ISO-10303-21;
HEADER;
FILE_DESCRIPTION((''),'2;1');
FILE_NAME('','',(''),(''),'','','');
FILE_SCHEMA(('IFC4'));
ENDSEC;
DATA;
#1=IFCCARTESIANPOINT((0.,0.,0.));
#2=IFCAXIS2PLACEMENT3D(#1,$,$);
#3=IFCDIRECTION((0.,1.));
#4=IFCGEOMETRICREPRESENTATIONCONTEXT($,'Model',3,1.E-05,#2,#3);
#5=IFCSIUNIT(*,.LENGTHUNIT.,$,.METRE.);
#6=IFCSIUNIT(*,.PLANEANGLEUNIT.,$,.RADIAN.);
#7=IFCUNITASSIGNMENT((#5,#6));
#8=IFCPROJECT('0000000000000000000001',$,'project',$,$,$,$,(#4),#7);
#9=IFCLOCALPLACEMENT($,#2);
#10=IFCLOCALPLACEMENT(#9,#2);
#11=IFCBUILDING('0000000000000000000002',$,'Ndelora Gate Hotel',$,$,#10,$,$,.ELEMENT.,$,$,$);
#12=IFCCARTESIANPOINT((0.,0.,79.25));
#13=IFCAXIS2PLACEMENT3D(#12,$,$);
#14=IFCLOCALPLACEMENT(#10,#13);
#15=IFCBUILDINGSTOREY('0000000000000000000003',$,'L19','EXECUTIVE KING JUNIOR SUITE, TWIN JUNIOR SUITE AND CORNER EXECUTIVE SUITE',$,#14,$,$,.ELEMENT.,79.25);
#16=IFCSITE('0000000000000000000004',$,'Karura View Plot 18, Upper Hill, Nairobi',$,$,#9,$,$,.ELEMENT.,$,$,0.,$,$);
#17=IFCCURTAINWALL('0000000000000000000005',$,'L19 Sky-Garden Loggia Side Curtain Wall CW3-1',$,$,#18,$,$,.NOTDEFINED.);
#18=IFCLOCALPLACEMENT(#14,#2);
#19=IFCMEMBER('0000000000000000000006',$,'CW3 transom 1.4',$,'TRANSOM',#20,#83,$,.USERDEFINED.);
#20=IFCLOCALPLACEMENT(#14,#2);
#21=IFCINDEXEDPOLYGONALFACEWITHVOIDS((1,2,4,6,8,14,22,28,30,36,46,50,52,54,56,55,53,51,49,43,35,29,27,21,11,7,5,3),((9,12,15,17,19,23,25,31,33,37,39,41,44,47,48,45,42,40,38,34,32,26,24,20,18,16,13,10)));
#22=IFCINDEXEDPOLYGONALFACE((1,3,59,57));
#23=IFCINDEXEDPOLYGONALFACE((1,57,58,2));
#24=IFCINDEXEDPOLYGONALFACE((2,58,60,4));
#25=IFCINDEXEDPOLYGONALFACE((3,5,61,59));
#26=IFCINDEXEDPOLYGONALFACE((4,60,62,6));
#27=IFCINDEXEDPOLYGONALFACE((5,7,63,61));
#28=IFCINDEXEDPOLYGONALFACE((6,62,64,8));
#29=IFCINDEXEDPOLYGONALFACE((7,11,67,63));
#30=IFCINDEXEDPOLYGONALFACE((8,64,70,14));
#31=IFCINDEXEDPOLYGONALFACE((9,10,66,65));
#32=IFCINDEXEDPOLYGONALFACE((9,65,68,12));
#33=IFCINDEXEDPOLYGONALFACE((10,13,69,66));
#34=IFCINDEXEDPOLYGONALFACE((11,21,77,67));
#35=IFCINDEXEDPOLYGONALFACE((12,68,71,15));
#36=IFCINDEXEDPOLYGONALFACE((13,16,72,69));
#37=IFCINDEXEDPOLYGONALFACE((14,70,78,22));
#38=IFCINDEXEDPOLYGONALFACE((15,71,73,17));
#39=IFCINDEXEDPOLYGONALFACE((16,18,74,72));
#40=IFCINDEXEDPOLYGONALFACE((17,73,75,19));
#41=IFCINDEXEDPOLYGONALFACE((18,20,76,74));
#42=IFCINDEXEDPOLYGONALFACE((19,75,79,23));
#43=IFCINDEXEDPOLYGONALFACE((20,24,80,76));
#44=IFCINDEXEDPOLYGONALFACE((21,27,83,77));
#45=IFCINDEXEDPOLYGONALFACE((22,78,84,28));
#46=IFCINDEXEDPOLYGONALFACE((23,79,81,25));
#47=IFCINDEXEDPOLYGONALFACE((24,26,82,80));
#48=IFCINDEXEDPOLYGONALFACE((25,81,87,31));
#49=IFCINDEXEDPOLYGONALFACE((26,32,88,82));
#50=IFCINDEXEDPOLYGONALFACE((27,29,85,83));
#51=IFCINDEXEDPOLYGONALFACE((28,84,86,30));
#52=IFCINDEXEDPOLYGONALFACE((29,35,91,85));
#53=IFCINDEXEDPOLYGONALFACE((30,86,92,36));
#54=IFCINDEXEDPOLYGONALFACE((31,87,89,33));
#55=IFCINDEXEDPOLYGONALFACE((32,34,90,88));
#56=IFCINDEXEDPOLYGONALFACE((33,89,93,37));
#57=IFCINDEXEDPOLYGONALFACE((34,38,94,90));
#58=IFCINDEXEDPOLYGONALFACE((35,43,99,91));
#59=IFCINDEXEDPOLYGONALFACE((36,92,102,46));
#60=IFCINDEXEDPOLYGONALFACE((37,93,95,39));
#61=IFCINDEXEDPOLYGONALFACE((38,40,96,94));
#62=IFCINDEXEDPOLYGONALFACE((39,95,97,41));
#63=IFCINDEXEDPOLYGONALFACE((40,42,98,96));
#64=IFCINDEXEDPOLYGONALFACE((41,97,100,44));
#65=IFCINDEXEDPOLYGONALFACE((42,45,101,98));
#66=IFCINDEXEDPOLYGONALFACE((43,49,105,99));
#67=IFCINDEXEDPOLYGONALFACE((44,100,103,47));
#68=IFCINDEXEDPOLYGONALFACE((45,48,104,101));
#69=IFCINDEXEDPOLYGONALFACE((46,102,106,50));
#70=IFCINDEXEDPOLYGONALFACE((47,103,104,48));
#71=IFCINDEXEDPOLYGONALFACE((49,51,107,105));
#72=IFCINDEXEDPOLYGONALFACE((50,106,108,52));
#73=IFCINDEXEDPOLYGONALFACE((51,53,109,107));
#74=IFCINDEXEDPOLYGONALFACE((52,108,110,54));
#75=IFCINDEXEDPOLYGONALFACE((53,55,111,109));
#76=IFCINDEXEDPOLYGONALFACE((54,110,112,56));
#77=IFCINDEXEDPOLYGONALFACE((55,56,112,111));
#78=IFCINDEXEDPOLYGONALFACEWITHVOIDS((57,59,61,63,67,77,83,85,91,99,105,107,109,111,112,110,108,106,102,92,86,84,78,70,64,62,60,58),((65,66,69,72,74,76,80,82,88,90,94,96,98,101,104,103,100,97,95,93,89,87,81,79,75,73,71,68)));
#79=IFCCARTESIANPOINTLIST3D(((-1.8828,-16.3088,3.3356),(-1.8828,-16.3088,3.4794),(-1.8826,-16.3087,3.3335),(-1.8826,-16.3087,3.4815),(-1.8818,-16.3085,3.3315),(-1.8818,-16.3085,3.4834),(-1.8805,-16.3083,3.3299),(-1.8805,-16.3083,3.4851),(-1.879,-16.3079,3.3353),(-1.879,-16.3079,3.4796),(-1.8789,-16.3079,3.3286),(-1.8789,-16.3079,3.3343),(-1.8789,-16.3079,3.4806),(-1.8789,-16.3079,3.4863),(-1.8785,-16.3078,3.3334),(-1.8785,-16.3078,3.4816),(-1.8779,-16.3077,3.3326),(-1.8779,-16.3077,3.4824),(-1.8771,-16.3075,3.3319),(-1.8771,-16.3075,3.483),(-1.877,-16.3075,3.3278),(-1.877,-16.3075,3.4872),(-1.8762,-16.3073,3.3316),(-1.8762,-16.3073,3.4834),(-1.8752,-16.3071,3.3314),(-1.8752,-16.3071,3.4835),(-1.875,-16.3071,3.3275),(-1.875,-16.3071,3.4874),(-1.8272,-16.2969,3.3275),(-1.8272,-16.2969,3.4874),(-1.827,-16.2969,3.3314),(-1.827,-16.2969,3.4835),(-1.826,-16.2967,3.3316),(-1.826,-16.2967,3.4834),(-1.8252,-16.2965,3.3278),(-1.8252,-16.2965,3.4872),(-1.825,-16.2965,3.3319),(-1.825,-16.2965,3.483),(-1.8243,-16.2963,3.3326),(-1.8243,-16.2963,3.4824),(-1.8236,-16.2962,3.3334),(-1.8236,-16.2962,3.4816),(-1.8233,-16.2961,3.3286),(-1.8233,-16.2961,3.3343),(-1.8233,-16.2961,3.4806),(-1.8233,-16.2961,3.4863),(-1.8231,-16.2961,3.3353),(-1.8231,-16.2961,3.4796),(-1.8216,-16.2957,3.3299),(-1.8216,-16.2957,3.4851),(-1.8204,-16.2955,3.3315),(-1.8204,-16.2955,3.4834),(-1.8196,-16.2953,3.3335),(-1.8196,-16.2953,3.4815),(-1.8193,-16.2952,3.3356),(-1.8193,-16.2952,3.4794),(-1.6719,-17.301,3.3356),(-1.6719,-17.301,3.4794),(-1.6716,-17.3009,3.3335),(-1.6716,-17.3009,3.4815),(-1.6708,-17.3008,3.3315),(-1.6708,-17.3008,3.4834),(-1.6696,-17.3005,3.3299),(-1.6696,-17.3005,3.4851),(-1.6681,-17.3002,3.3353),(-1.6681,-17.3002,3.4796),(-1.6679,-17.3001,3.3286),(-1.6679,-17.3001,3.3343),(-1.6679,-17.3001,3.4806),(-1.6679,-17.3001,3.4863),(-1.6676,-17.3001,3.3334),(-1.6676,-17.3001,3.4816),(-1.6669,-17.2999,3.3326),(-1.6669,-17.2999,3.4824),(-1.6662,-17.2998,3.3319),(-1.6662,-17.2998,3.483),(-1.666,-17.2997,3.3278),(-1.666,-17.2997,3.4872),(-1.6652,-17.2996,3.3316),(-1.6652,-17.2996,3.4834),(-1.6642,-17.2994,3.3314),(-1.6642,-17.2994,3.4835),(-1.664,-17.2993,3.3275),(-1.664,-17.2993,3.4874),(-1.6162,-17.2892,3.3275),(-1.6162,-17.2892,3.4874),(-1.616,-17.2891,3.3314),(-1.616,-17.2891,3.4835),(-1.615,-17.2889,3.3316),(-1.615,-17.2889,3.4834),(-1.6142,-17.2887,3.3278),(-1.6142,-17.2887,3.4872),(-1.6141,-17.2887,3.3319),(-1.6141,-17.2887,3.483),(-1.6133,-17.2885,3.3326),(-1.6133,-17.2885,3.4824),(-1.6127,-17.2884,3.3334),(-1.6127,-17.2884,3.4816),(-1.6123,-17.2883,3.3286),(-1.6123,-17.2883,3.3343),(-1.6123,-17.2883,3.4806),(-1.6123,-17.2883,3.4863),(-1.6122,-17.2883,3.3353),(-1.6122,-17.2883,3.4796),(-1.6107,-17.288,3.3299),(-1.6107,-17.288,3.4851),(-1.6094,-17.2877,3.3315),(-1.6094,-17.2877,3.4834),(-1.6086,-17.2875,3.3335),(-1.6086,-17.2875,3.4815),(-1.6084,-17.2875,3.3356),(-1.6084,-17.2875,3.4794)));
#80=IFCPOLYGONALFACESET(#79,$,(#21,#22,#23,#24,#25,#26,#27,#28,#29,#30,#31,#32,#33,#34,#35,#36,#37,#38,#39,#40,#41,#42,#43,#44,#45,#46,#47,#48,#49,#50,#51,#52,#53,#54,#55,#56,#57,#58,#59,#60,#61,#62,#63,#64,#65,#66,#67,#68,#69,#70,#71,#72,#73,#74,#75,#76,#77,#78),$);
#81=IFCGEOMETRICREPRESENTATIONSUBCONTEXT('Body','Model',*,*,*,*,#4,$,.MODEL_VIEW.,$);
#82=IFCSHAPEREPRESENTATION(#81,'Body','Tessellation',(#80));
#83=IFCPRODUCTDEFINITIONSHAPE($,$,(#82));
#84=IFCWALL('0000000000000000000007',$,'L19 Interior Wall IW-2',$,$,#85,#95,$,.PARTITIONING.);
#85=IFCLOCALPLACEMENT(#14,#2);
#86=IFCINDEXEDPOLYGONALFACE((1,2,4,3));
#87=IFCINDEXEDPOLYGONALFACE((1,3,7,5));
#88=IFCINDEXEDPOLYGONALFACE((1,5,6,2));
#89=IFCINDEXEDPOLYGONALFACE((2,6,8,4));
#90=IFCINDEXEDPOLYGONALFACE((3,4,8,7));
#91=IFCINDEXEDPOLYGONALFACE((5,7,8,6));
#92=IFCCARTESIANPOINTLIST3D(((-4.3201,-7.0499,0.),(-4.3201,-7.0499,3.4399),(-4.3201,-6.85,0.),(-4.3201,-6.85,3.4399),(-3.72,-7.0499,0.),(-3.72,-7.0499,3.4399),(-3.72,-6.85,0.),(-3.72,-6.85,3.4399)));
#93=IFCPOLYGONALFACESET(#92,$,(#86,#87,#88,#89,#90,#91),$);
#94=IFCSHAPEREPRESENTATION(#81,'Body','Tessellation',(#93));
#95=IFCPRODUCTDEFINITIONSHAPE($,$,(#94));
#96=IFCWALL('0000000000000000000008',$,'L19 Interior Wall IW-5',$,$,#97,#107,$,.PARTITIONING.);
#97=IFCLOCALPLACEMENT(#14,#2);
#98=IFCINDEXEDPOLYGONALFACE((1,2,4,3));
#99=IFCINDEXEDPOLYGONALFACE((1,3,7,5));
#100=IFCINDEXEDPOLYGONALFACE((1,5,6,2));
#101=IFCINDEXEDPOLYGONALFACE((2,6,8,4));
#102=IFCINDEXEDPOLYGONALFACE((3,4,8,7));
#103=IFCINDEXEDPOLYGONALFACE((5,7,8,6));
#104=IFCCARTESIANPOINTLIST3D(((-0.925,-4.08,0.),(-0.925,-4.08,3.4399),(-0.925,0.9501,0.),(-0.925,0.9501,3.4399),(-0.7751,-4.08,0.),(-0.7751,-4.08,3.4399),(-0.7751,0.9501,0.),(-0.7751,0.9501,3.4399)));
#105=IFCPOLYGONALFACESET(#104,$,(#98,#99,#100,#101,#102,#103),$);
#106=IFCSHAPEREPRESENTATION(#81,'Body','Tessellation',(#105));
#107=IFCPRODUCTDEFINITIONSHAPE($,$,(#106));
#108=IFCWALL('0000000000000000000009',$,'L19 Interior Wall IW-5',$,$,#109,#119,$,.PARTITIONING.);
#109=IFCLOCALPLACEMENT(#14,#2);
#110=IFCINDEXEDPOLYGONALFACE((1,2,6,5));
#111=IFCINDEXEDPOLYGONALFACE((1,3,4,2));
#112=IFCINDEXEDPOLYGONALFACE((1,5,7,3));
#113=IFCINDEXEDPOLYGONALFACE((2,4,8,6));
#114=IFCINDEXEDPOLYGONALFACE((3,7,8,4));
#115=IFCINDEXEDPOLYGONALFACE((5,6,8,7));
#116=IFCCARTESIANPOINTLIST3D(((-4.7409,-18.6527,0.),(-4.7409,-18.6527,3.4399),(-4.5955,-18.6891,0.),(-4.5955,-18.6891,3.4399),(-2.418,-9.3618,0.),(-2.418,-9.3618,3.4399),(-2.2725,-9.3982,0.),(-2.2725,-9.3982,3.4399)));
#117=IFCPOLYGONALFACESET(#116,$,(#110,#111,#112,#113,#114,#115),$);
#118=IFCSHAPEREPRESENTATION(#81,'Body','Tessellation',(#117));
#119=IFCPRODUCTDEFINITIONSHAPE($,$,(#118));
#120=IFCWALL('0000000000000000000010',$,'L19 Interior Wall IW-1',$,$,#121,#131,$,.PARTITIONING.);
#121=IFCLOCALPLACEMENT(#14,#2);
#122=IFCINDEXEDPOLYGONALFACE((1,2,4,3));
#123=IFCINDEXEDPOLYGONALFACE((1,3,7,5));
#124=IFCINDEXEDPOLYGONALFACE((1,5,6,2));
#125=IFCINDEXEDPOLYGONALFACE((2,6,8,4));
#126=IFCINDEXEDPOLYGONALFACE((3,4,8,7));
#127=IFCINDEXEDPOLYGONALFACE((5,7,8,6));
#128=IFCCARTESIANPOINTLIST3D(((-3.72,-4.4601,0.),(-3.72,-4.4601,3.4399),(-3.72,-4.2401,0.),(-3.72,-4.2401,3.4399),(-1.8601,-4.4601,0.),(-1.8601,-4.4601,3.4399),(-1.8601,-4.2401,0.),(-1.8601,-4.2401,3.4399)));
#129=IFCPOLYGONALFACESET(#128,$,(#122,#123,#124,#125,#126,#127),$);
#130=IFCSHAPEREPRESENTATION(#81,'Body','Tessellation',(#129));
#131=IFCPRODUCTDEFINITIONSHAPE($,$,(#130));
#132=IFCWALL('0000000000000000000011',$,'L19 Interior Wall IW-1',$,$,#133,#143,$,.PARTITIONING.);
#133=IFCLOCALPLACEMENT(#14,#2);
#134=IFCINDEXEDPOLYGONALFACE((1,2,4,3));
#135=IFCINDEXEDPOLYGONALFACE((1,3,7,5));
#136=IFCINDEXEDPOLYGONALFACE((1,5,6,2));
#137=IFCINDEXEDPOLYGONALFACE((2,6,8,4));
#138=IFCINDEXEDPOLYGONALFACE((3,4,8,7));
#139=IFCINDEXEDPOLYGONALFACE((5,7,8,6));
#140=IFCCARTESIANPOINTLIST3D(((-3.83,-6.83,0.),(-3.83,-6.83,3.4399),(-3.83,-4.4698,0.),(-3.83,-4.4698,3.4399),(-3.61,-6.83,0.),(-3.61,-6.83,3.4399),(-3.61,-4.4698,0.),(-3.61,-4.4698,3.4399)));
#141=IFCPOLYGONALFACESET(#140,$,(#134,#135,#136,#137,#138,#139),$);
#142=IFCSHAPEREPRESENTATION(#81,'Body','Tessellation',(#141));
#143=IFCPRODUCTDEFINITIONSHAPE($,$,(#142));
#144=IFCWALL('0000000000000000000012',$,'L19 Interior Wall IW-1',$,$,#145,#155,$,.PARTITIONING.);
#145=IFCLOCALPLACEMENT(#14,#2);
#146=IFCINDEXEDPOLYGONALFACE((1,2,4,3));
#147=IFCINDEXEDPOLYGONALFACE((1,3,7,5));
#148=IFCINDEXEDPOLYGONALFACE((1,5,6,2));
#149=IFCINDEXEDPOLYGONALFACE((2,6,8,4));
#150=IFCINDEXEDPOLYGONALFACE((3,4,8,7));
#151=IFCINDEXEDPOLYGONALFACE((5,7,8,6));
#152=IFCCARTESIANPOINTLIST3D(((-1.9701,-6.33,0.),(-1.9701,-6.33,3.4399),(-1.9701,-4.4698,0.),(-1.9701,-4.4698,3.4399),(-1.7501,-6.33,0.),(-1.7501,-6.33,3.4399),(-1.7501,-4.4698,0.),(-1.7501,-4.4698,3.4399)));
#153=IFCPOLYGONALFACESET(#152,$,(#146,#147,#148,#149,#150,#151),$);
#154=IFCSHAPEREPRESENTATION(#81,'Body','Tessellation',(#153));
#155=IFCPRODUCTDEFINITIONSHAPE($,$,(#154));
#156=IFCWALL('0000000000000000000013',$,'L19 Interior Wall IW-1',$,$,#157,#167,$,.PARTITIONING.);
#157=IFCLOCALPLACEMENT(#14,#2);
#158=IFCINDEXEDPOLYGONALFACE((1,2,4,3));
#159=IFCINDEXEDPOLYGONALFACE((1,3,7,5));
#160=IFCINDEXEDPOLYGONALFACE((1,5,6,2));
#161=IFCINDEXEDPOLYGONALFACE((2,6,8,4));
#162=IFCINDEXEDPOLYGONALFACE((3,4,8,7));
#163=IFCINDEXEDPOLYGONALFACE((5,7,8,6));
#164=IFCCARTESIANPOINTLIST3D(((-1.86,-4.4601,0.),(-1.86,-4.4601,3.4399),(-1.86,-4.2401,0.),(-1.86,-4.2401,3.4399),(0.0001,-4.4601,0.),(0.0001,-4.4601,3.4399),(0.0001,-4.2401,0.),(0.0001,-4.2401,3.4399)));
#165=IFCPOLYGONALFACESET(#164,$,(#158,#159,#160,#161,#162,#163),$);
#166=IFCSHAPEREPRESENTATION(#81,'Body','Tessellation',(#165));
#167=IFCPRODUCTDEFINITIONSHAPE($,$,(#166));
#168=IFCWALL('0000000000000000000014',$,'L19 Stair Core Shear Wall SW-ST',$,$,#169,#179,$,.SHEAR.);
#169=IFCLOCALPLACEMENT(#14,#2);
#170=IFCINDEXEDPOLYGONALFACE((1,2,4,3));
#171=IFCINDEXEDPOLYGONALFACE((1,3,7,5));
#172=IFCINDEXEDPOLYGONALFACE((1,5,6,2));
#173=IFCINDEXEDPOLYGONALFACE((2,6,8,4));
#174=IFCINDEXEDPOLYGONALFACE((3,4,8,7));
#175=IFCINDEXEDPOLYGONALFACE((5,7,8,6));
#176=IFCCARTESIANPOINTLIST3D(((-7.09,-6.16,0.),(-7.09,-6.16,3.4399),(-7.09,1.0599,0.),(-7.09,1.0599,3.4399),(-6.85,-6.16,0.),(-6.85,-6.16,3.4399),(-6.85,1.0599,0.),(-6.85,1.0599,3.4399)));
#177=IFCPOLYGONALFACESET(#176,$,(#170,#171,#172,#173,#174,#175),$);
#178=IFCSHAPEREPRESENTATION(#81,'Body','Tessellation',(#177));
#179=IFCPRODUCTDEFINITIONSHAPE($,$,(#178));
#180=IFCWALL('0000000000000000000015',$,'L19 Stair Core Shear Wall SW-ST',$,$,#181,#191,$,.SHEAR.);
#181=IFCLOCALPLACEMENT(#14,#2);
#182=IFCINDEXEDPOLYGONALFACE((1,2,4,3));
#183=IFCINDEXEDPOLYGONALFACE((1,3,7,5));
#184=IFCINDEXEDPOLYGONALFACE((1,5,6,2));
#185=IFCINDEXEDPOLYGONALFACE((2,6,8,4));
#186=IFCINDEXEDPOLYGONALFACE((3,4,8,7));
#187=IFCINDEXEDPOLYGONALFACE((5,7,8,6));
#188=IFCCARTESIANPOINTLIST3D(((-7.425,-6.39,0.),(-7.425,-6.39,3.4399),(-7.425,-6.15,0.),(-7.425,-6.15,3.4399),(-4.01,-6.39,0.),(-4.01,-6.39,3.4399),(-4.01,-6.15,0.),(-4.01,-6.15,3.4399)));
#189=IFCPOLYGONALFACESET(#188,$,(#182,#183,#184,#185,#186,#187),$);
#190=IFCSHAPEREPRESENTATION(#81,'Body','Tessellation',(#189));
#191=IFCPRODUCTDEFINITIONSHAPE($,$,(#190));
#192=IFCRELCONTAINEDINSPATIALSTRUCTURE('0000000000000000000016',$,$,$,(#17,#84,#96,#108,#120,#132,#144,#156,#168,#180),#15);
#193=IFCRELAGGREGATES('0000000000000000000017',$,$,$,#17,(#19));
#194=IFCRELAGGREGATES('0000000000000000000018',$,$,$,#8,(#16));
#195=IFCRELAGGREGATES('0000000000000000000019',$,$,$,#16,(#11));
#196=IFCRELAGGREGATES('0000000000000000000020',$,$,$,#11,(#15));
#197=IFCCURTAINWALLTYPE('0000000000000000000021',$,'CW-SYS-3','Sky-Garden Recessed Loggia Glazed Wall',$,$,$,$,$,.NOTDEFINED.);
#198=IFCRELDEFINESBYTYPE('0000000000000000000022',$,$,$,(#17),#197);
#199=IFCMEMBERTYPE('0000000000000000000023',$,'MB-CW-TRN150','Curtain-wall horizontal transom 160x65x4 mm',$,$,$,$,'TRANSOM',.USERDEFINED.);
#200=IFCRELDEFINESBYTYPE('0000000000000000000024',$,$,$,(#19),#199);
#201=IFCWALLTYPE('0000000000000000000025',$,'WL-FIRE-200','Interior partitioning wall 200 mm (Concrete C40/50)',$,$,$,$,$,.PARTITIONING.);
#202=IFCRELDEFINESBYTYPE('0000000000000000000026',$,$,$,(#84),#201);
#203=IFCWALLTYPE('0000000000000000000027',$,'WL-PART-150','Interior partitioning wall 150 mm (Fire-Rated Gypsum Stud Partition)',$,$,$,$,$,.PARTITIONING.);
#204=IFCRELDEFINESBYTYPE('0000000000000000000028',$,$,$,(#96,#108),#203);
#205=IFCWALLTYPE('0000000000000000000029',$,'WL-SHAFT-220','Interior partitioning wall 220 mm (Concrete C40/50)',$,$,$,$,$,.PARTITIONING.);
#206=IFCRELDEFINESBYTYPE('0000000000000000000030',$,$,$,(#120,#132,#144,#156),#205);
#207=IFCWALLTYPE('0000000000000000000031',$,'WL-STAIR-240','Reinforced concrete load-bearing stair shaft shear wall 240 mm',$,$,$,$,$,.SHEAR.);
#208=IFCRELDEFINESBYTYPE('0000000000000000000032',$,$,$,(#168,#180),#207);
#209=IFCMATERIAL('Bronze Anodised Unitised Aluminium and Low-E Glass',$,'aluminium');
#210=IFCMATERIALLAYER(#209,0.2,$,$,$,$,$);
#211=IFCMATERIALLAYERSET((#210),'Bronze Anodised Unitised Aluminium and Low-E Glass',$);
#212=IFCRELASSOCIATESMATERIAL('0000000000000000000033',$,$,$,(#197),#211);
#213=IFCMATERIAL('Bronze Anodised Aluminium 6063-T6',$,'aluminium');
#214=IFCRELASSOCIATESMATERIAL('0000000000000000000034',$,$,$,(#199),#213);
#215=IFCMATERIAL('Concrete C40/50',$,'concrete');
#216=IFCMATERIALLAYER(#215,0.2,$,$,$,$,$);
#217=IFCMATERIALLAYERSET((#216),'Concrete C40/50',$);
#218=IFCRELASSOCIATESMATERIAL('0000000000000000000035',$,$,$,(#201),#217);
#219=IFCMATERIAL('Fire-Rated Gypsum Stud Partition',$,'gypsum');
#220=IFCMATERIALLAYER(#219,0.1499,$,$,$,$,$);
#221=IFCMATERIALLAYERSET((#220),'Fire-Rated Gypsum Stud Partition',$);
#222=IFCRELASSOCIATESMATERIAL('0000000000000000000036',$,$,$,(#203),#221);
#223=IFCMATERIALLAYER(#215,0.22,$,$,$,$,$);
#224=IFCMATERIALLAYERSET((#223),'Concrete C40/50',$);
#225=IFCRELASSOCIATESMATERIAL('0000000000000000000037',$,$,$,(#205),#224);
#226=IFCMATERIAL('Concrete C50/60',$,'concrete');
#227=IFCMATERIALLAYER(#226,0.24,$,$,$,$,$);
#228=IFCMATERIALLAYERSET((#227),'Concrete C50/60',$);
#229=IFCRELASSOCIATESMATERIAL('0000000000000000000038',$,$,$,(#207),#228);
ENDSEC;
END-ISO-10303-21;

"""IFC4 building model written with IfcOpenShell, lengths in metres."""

from ifc_helpers import new_model, si_unit, direction, frame, frame_2d, origin, origin_2d, place, context, subcontext, project, spatial, rectangle, hollow_rectangle, extrude, material, layer, layer_set, material_profile, profile_set, type_object, element, aggregate, save


model = new_model("IFC4")

# Units and contexts
model_context = context("Model", 3, precision=1e-05, world=origin(), true_north=direction((0.0, 1.0)))
body_context = subcontext(model_context, "Body", "Model", "MODEL_VIEW")
ifc_project = project(units=[si_unit("LENGTHUNIT", "METRE"), si_unit("PLANEANGLEUNIT", "RADIAN")], contexts=[model_context])

# Site, building, storey
site_placement = place(None, origin())
site = spatial("IfcSite", under=ifc_project, at=site_placement, Name="Karura View Plot 18, Upper Hill, Nairobi", CompositionType="ELEMENT", RefElevation=0.0)
building_placement = place(site_placement, origin())
building = spatial("IfcBuilding", under=site, at=building_placement, Name="Ndelora Gate Hotel", CompositionType="ELEMENT")
storey_placement = place(building_placement, frame((0.0, 0.0, 79.25)))
storey = spatial("IfcBuildingStorey", under=building, at=storey_placement, Name="L19", Description="EXECUTIVE KING JUNIOR SUITE, TWIN JUNIOR SUITE AND CORNER EXECUTIVE SUITE", CompositionType="ELEMENT", Elevation=79.25)

# Curtain wall, member
ifc_material_1 = material(Name="Bronze Anodised Unitised Aluminium and Low-E Glass", Category="aluminium")
ifc_layer_1 = layer(ifc_material_1, 0.2)
ifc_layer_set_1 = layer_set([ifc_layer_1], Name="Bronze Anodised Unitised Aluminium and Low-E Glass")
curtain_wall_type = type_object("IfcCurtainWallType", Name="CW-SYS-3", Description="Sky-Garden Recessed Loggia Glazed Wall", PredefinedType="NOTDEFINED", material=ifc_layer_set_1)
curtain_wall_placement = place(storey_placement, origin())
curtain_wall = element("IfcCurtainWall", 1, at=curtain_wall_placement, inside=storey, type_object=curtain_wall_type, Name="L19 Sky-Garden Loggia Side Curtain Wall CW3-1", PredefinedType="NOTDEFINED")
ifc_material_2 = material(Name="Bronze Anodised Aluminium 6063-T6", Category="aluminium")
ifc_material_profile_1 = material_profile(ifc_material_2, hollow_rectangle(XDim=0.0649, YDim=0.1599, WallThickness=0.0039, InnerFilletRadius=0.0039, OuterFilletRadius=0.0081, at=origin_2d()), Name="ALU 160x65x4")
ifc_profile_set_1 = profile_set([ifc_material_profile_1], Name="Bronze Anodised Aluminium 6063-T6")
member_type_1 = type_object("IfcMemberType", Name="MB-CW-TRN150", Description="Curtain-wall horizontal transom 160x65x4 mm", ElementType="TRANSOM", PredefinedType="USERDEFINED", material=ifc_profile_set_1)
member_1_placement = place(storey_placement, frame((-1.8511, -16.302, 3.4075), z_axis=(0.207951, -0.978139, 0.0), x_axis=(0.978139, 0.207951, 0.0)))
member_1 = element("IfcMember", 2, at=member_1_placement, type_object=member_type_1, Name="CW3 transom 1.4", ObjectType="TRANSOM", PredefinedType="USERDEFINED", context=body_context, shape_type="SweptSolid", body=[
    extrude(hollow_rectangle(XDim=0.0649, YDim=0.1599, WallThickness=0.0039, InnerFilletRadius=0.0039, OuterFilletRadius=0.0081, at=origin_2d()), origin(), (0.0, 0.0, 1.0), 1.0144),
])
aggregate(curtain_wall, [member_1])

# Walls
ifc_material_3 = material(Name="Concrete C40/50", Category="concrete")
ifc_layer_2 = layer(ifc_material_3, 0.2)
ifc_layer_set_2 = layer_set([ifc_layer_2], Name="Concrete C40/50")
wall_type_1 = type_object("IfcWallType", Name="WL-FIRE-200", Description="Interior partitioning wall 200 mm (Concrete C40/50)", PredefinedType="PARTITIONING", material=ifc_layer_set_2)
wall_1_placement = place(storey_placement, frame((-4.3201, -6.95, 0.0), z_axis=(0.0, 0.0, 1.0), x_axis=(1.0, 0.0, 0.0)))
element("IfcWall", 3, at=wall_1_placement, inside=storey, type_object=wall_type_1, Name="L19 Interior Wall IW-2", PredefinedType="PARTITIONING", context=body_context, shape_type="SweptSolid", body=[
    extrude(rectangle(XDim=0.6001, YDim=0.2, at=frame_2d((0.3, 0.0))), origin(), (0.0, 0.0, 1.0), 3.4399),
])
ifc_material_4 = material(Name="Fire-Rated Gypsum Stud Partition", Category="gypsum")
ifc_layer_3 = layer(ifc_material_4, 0.1499)
ifc_layer_set_3 = layer_set([ifc_layer_3], Name="Fire-Rated Gypsum Stud Partition")
wall_type_2 = type_object("IfcWallType", Name="WL-PART-150", Description="Interior partitioning wall 150 mm (Fire-Rated Gypsum Stud Partition)", PredefinedType="PARTITIONING", material=ifc_layer_set_3)
wall_2_placement = place(storey_placement, frame((-0.8501, -4.0801, 0.0), z_axis=(0.0, 0.0, 1.0), x_axis=(0.0, 1.0, 0.0)))
element("IfcWall", 4, at=wall_2_placement, inside=storey, type_object=wall_type_2, Name="L19 Interior Wall IW-5", PredefinedType="PARTITIONING", context=body_context, shape_type="SweptSolid", body=[
    extrude(rectangle(XDim=5.03, YDim=0.1499, at=frame_2d((2.5151, 0.0))), origin(), (0.0, 0.0, 1.0), 3.4399),
])
wall_3_placement = place(storey_placement, frame((-2.3452, -9.3799, 0.0), z_axis=(0.0, 0.0, 1.0), x_axis=(-0.24256, -0.970137, 0.0)))
element("IfcWall", 5, at=wall_3_placement, inside=storey, type_object=wall_type_2, Name="L19 Interior Wall IW-5", PredefinedType="PARTITIONING", context=body_context, shape_type="SweptSolid", body=[
    extrude(rectangle(XDim=9.5769, YDim=0.1499, at=frame_2d((4.7886, 0.0))), origin(), (0.0, 0.0, 1.0), 3.4399),
])

# Shared definitions
ifc_layer_4 = layer(ifc_material_3, 0.22)
ifc_layer_set_4 = layer_set([ifc_layer_4], Name="Concrete C40/50")
wall_type_3 = type_object("IfcWallType", Name="WL-SHAFT-220", Description="Interior partitioning wall 220 mm (Concrete C40/50)", PredefinedType="PARTITIONING", material=ifc_layer_set_4)

# Walls
wall_4_placement = place(storey_placement, frame((-3.72, -4.3501, 0.0), z_axis=(0.0, 0.0, 1.0), x_axis=(1.0, 0.0, 0.0)))
element("IfcWall", 6, at=wall_4_placement, inside=storey, type_object=wall_type_3, Name="L19 Interior Wall IW-1", PredefinedType="PARTITIONING", context=body_context, shape_type="SweptSolid", body=[
    extrude(rectangle(XDim=1.8599, YDim=0.22, at=frame_2d((0.9299, 0.0))), origin(), (0.0, 0.0, 1.0), 3.4399),
])
wall_5_placement = place(storey_placement, frame((-3.72, -6.8301, 0.0), z_axis=(0.0, 0.0, 1.0), x_axis=(0.0, 1.0, 0.0)))
element("IfcWall", 7, at=wall_5_placement, inside=storey, type_object=wall_type_3, Name="L19 Interior Wall IW-1", PredefinedType="PARTITIONING", context=body_context, shape_type="SweptSolid", body=[
    extrude(rectangle(XDim=2.3601, YDim=0.22, at=frame_2d((1.1802, 0.0))), origin(), (0.0, 0.0, 1.0), 3.4399),
])
wall_6_placement = place(storey_placement, frame((-1.8601, -6.3301, 0.0), z_axis=(0.0, 0.0, 1.0), x_axis=(0.0, 1.0, 0.0)))
element("IfcWall", 8, at=wall_6_placement, inside=storey, type_object=wall_type_3, Name="L19 Interior Wall IW-1", PredefinedType="PARTITIONING", context=body_context, shape_type="SweptSolid", body=[
    extrude(rectangle(XDim=1.8601, YDim=0.22, at=frame_2d((0.9302, 0.0))), origin(), (0.0, 0.0, 1.0), 3.4399),
])

# Walls
wall_7_placement = place(storey_placement, frame((-1.8601, -4.3501, 0.0), z_axis=(0.0, 0.0, 1.0), x_axis=(1.0, 0.0, 0.0)))
element("IfcWall", 9, at=wall_7_placement, inside=storey, type_object=wall_type_3, Name="L19 Interior Wall IW-1", PredefinedType="PARTITIONING", context=body_context, shape_type="SweptSolid", body=[
    extrude(rectangle(XDim=1.8601, YDim=0.22, at=frame_2d((0.9302, 0.0))), origin(), (0.0, 0.0, 1.0), 3.4399),
])
ifc_material_5 = material(Name="Concrete C50/60", Category="concrete")
ifc_layer_5 = layer(ifc_material_5, 0.24)
ifc_layer_set_5 = layer_set([ifc_layer_5], Name="Concrete C50/60")
wall_type_4 = type_object("IfcWallType", Name="WL-STAIR-240", Description="Reinforced concrete load-bearing stair shaft shear wall 240 mm", PredefinedType="SHEAR", material=ifc_layer_set_5)
wall_8_placement = place(storey_placement, frame((-6.97, -6.1599, 0.0), z_axis=(0.0, 0.0, 1.0), x_axis=(0.0, 1.0, 0.0)))
element("IfcWall", 10, at=wall_8_placement, inside=storey, type_object=wall_type_4, Name="L19 Stair Core Shear Wall SW-ST", PredefinedType="SHEAR", context=body_context, shape_type="SweptSolid", body=[
    extrude(rectangle(XDim=7.22, YDim=0.24, at=frame_2d((3.6099, 0.0))), origin(), (0.0, 0.0, 1.0), 3.4399),
])
wall_9_placement = place(storey_placement, frame((-7.425, -6.27, 0.0), z_axis=(0.0, 0.0, 1.0), x_axis=(1.0, 0.0, 0.0)))
element("IfcWall", 11, at=wall_9_placement, inside=storey, type_object=wall_type_4, Name="L19 Stair Core Shear Wall SW-ST", PredefinedType="SHEAR", context=body_context, shape_type="SweptSolid", body=[
    extrude(rectangle(XDim=3.415, YDim=0.24, at=frame_2d((1.7075, 0.0))), origin(), (0.0, 0.0, 1.0), 3.4399),
])

save(model, "model.ifc")
